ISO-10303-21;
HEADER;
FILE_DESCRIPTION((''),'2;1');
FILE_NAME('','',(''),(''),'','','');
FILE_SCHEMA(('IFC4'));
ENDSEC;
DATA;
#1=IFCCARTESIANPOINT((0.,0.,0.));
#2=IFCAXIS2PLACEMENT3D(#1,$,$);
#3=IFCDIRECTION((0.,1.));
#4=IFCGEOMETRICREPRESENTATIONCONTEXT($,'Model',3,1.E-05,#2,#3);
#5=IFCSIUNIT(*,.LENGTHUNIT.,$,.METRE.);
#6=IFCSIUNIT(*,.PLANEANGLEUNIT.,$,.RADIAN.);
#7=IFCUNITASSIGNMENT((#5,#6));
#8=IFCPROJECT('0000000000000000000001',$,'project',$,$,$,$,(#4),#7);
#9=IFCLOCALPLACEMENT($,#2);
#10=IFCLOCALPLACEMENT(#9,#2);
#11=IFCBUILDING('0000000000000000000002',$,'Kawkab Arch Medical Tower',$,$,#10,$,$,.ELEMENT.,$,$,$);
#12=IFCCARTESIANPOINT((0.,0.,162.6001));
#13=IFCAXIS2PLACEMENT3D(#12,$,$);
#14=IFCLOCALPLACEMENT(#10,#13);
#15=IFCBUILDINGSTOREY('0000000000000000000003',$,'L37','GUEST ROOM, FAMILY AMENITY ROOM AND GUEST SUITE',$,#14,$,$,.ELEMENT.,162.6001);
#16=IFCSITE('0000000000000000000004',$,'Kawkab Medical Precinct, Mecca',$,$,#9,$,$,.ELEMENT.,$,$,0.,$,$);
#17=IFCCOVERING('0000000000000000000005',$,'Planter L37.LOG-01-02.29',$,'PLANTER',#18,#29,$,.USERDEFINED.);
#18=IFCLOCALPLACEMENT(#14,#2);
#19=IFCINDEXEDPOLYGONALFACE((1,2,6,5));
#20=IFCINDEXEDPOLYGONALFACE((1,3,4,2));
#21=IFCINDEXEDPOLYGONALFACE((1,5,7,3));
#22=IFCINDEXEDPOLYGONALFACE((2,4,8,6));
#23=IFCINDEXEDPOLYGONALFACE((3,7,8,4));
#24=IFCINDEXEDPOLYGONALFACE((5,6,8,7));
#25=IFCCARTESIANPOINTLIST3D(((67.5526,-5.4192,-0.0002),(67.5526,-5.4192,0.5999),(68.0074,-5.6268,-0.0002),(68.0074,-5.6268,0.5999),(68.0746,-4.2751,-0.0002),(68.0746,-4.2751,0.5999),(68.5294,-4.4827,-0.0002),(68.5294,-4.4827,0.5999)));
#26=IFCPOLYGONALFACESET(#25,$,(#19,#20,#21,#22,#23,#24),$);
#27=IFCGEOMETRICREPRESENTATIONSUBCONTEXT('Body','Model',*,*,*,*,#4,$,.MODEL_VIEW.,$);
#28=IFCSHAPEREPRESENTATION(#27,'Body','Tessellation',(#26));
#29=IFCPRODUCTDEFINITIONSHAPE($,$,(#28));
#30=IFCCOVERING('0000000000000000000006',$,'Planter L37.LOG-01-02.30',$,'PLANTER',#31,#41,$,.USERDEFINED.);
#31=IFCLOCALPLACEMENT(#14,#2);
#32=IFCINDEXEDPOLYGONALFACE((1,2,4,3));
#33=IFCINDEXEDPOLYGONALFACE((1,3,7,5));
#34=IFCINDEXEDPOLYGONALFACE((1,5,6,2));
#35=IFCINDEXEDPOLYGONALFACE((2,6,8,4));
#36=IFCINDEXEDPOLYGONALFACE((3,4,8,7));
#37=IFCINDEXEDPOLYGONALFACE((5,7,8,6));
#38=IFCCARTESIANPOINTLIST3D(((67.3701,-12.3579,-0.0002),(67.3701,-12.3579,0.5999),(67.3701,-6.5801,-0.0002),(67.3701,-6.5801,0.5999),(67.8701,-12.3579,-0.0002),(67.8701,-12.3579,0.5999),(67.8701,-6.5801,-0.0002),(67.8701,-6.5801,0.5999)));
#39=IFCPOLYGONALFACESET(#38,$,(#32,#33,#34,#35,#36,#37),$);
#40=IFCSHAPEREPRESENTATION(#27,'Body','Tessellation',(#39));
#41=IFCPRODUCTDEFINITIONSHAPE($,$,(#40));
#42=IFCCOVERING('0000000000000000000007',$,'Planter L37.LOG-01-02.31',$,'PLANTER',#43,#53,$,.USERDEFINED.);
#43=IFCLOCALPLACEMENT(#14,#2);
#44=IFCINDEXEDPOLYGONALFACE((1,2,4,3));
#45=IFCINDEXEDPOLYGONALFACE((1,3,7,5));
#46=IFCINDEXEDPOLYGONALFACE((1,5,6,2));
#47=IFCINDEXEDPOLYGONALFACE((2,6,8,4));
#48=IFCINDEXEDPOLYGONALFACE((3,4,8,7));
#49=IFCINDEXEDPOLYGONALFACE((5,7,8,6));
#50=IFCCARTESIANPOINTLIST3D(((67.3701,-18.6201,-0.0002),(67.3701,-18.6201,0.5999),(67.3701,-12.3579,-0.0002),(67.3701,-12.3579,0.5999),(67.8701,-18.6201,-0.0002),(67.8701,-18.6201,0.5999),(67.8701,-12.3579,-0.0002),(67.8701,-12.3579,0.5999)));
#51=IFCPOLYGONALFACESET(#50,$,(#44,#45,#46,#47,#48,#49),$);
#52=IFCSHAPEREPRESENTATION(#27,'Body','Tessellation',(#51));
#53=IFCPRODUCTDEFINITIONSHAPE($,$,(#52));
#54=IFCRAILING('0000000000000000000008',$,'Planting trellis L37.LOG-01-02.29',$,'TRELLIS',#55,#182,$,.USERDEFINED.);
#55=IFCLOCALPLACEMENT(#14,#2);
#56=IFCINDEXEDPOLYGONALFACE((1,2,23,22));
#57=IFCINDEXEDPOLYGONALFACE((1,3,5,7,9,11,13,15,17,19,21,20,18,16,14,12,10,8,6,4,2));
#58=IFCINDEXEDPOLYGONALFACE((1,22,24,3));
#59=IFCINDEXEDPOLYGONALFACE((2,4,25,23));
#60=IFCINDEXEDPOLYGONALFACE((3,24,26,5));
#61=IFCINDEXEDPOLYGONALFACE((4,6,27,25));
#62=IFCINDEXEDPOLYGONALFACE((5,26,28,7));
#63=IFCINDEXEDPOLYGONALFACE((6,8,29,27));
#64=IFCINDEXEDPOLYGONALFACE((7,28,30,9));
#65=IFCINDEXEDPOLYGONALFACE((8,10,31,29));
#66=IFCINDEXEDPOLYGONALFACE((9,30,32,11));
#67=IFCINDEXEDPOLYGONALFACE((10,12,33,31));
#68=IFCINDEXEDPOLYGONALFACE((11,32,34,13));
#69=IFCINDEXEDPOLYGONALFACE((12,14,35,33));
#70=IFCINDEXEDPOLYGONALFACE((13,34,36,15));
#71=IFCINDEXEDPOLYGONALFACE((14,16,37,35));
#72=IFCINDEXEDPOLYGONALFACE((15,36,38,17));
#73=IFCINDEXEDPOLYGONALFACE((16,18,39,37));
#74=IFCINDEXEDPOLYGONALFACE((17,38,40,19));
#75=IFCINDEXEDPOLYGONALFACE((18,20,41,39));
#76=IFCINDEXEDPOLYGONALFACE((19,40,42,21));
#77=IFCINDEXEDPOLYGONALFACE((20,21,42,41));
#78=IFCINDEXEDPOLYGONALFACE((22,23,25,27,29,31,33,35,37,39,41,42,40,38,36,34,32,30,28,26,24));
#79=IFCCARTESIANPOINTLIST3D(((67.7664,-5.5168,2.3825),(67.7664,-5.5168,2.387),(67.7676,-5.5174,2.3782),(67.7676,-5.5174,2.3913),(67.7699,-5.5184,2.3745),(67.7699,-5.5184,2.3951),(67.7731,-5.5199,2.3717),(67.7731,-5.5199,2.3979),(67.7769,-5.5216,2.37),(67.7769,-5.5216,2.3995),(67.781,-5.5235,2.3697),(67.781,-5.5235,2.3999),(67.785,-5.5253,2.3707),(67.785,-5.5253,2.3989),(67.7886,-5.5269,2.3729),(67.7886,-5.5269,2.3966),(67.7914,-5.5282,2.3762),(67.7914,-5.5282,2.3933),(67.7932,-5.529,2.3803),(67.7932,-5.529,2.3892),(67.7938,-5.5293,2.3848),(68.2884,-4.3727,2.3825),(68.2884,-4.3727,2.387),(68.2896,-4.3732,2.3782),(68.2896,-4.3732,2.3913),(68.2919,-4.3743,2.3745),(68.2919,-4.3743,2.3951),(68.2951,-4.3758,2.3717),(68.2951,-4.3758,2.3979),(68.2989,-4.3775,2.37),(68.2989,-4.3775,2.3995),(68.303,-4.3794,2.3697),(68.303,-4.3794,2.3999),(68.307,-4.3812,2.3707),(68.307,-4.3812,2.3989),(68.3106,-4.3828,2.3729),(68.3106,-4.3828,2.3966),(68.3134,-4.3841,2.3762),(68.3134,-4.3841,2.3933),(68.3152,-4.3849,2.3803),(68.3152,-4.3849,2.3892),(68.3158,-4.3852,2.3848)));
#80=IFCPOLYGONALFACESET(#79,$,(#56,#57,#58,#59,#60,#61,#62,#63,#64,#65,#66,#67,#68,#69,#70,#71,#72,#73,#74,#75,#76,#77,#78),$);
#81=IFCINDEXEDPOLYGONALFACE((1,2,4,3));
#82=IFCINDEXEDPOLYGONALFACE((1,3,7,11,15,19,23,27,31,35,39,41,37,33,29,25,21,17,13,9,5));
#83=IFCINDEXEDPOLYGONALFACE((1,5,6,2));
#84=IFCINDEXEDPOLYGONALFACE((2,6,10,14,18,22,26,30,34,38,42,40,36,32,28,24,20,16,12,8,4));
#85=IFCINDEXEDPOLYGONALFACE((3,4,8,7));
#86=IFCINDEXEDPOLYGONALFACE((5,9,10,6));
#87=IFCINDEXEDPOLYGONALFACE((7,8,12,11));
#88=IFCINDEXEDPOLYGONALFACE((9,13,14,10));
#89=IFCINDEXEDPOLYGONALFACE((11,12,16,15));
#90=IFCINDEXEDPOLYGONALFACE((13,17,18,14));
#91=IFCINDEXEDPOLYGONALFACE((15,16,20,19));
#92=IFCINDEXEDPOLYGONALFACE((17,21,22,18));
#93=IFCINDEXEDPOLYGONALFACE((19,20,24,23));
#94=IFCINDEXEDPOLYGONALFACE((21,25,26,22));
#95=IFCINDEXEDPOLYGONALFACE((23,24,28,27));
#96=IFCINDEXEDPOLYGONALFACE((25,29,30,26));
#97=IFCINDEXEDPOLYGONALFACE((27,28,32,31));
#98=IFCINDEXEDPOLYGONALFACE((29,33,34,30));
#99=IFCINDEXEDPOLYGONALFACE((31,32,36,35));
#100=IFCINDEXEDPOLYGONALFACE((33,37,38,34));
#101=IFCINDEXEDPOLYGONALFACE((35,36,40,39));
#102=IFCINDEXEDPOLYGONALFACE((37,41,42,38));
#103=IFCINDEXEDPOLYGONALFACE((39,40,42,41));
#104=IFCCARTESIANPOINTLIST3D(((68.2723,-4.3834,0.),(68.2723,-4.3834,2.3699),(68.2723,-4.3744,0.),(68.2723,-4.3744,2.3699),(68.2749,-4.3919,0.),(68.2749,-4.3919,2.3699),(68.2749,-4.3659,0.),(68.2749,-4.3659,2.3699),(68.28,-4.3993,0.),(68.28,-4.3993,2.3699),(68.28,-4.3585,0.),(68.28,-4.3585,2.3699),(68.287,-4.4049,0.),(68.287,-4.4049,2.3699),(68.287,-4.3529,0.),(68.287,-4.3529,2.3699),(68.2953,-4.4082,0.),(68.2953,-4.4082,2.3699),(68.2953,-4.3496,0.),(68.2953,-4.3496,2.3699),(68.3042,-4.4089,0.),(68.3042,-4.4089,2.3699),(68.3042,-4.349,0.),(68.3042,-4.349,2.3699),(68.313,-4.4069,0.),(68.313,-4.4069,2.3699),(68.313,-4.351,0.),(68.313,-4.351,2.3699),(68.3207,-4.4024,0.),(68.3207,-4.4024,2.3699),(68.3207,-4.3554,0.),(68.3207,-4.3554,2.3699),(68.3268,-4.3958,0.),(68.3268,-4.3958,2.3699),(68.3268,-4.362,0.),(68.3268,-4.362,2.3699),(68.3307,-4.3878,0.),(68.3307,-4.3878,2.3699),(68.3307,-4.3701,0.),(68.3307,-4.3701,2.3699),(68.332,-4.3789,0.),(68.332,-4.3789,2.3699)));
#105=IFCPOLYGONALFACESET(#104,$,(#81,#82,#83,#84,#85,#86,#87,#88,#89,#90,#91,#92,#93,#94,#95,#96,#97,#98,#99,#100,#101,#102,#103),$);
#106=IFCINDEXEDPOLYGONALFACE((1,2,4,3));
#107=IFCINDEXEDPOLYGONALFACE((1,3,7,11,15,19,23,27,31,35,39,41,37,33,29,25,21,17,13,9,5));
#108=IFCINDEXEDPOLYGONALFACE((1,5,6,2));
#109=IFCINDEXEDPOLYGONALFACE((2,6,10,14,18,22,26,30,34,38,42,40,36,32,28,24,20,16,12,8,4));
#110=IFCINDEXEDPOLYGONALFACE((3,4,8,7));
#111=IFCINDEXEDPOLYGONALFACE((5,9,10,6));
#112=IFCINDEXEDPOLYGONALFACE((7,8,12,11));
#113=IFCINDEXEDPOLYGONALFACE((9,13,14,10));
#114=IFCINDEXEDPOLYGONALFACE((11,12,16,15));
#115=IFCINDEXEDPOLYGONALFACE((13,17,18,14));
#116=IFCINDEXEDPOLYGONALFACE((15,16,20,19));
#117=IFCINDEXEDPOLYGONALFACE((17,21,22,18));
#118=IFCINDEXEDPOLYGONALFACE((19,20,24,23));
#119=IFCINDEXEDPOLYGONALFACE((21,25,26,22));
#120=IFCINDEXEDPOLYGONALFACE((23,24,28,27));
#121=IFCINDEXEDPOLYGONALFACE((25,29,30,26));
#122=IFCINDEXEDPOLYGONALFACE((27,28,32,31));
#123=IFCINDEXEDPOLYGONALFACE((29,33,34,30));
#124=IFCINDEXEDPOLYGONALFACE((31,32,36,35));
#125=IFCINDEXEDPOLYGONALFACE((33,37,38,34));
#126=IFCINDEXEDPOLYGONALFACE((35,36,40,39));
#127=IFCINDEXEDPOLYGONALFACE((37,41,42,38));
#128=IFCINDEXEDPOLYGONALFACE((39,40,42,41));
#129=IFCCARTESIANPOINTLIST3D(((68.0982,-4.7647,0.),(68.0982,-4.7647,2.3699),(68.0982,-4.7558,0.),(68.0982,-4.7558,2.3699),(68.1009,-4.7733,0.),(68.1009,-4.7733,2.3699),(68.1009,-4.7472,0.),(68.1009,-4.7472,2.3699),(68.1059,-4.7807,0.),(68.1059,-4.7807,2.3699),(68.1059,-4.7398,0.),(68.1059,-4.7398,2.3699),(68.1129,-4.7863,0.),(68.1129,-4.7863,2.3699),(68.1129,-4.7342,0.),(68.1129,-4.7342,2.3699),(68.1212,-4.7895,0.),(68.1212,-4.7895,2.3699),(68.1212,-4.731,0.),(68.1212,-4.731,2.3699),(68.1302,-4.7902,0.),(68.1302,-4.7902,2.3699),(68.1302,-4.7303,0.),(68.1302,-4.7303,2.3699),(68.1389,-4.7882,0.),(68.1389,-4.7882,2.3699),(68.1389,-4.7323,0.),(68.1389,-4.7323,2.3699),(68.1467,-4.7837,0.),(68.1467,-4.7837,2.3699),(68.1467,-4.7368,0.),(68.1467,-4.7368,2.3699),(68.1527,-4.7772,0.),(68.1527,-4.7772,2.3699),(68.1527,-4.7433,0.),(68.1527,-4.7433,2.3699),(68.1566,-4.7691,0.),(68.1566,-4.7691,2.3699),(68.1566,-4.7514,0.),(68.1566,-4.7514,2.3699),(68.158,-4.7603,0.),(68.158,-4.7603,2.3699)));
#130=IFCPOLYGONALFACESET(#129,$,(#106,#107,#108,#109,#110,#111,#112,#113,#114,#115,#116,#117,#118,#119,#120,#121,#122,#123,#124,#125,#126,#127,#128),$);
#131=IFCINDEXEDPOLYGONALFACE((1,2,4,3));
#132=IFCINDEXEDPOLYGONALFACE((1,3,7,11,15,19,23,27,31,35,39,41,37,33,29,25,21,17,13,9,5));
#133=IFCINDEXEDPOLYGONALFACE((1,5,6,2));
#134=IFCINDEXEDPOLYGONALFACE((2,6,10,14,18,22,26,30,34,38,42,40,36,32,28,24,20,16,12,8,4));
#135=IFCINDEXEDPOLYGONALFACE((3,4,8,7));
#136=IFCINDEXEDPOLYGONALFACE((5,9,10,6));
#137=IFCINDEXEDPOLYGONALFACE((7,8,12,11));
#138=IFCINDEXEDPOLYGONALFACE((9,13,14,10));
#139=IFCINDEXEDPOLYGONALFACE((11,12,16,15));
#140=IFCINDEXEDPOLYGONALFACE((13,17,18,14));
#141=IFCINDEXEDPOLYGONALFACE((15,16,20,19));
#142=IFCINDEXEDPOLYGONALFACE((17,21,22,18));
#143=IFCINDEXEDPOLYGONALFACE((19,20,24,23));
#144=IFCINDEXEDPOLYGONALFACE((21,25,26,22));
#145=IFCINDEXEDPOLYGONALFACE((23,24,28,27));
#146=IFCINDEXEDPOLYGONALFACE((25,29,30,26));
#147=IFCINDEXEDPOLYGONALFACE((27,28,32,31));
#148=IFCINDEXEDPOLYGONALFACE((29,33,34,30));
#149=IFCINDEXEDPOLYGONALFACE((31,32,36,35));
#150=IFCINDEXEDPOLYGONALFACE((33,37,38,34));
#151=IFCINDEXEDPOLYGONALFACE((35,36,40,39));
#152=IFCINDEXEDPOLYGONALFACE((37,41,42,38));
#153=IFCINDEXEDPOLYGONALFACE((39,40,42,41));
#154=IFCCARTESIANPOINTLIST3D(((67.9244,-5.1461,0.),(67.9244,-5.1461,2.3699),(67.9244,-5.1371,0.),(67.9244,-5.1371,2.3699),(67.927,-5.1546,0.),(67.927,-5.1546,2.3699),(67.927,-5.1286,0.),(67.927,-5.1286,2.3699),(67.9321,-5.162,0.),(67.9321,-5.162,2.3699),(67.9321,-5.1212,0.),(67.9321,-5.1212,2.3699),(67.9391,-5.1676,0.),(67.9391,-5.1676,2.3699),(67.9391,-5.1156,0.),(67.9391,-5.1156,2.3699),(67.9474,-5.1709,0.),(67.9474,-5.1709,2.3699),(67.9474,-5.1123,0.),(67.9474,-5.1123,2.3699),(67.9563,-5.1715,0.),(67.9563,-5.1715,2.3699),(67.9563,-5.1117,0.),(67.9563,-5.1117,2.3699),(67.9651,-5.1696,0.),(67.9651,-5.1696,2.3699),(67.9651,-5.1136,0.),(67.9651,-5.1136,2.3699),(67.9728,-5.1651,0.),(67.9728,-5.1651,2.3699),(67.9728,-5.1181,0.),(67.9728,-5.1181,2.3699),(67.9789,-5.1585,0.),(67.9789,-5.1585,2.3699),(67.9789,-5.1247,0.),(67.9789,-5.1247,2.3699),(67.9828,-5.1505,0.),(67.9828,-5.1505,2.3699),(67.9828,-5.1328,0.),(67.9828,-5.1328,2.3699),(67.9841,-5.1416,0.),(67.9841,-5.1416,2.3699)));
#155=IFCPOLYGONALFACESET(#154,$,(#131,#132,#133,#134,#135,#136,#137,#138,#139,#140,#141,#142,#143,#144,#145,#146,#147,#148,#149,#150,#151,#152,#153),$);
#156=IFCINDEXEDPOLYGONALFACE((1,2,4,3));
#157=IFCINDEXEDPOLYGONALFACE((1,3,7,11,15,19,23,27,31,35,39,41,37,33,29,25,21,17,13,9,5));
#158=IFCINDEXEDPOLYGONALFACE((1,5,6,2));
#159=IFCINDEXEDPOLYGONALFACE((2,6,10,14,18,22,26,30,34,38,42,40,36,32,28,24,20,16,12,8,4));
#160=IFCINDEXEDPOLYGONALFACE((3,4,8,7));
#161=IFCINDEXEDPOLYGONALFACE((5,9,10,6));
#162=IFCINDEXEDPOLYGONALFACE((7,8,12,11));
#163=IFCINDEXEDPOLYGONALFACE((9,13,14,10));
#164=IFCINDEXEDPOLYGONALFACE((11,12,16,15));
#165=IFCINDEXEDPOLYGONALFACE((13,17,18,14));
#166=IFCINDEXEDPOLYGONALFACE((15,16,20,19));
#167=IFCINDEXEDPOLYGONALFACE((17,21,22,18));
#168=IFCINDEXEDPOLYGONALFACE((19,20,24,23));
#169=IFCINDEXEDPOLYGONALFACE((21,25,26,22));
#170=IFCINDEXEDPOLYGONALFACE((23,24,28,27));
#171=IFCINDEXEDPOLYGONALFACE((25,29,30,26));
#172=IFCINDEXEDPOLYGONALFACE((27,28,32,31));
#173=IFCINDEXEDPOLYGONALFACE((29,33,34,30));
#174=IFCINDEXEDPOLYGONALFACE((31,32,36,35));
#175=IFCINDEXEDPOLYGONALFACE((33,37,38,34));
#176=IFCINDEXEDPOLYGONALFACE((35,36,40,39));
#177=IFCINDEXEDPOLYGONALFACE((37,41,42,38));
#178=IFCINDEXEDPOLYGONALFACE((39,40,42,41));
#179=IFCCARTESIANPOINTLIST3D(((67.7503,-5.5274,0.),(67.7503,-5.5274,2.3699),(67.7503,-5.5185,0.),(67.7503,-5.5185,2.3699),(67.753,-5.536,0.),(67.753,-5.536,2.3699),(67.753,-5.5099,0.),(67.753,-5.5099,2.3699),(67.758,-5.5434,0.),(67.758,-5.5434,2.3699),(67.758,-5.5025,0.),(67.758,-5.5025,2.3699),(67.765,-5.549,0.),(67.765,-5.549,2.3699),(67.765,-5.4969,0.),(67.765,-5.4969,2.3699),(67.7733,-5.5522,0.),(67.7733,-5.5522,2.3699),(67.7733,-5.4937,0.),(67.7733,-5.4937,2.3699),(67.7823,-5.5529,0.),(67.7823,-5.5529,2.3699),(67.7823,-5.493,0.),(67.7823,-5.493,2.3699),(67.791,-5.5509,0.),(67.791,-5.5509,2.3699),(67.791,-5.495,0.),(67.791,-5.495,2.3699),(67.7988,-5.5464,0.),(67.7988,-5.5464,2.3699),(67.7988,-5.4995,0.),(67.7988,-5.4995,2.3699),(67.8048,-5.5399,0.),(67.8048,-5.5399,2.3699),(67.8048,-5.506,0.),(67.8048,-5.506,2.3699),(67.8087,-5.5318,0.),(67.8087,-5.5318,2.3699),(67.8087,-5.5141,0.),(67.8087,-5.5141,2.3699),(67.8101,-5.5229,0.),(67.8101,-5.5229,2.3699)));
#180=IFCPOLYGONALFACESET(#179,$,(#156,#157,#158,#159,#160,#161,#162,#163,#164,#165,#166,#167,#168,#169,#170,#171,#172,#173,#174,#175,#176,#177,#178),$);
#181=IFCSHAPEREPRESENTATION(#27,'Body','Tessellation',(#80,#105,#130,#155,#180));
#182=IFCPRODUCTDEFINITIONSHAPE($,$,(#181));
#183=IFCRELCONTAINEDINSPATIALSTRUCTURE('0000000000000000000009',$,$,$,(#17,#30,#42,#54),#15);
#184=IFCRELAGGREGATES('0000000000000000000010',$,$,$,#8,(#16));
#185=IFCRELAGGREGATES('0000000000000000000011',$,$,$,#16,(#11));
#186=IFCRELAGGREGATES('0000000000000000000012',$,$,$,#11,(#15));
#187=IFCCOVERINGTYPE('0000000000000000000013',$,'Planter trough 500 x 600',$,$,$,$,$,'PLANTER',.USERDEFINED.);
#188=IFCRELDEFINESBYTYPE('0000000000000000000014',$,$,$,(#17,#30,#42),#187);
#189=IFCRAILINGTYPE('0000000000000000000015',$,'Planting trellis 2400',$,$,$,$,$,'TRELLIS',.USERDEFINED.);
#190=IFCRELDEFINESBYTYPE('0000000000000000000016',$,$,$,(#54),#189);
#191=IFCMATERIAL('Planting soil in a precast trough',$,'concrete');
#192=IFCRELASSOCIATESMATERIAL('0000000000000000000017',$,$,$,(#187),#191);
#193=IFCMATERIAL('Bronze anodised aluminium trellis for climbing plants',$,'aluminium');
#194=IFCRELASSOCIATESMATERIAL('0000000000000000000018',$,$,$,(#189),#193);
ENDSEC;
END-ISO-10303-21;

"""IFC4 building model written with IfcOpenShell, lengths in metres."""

from ifc_helpers import new_model, si_unit, direction, frame, origin, origin_2d, place, context, subcontext, project, spatial, rectangle, circle, extrude, material, material_profile, profile_set, type_object, element, save


model = new_model("IFC4")

# Units and contexts
model_context = context("Model", 3, precision=1e-05, world=origin(), true_north=direction((0.0, 1.0)))
body_context = subcontext(model_context, "Body", "Model", "MODEL_VIEW")
ifc_project = project(units=[si_unit("LENGTHUNIT", "METRE"), si_unit("PLANEANGLEUNIT", "RADIAN")], contexts=[model_context])

# Site, building, storey
site_placement = place(None, origin())
site = spatial("IfcSite", under=ifc_project, at=site_placement, Name="Kawkab Medical Precinct, Mecca", CompositionType="ELEMENT", RefElevation=0.0)
building_placement = place(site_placement, origin())
building = spatial("IfcBuilding", under=site, at=building_placement, Name="Kawkab Arch Medical Tower", CompositionType="ELEMENT")
storey_placement = place(building_placement, frame((0.0, 0.0, 162.6001)))
storey = spatial("IfcBuildingStorey", under=building, at=storey_placement, Name="L37", Description="GUEST ROOM, FAMILY AMENITY ROOM AND GUEST SUITE", CompositionType="ELEMENT", Elevation=162.6001)

# Coverings
ifc_material_1 = material(Name="Planting soil in a precast trough", Category="concrete")
ifc_material_profile_1 = material_profile(ifc_material_1, rectangle(XDim=0.5, YDim=0.6001, at=origin_2d()), Name="Trough 500x600")
ifc_profile_set_1 = profile_set([ifc_material_profile_1], Name="Planting soil in a precast trough")
covering_type_1 = type_object("IfcCoveringType", Name="Planter trough 500 x 600", ElementType="PLANTER", PredefinedType="USERDEFINED", material=ifc_profile_set_1)
covering_1_placement = place(storey_placement, frame((68.302, -4.3789, 0.2998), z_axis=(-0.41509, -0.90978, 0.0), x_axis=(0.90978, -0.41509, 0.0)))
element("IfcCovering", 1, at=covering_1_placement, inside=storey, type_object=covering_type_1, Name="Planter L37.LOG-01-02.29", ObjectType="PLANTER", PredefinedType="USERDEFINED", context=body_context, shape_type="SweptSolid", body=[
    extrude(rectangle(XDim=0.5, YDim=0.6001, at=origin_2d()), origin(), (0.0, 0.0, 1.0), 1.2576),
])
covering_2_placement = place(storey_placement, frame((67.6201, -6.5801, 0.2998), z_axis=(0.0, -1.0, 0.0), x_axis=(1.0, 0.0, 0.0)))
element("IfcCovering", 2, at=covering_2_placement, inside=storey, type_object=covering_type_1, Name="Planter L37.LOG-01-02.30", ObjectType="PLANTER", PredefinedType="USERDEFINED", context=body_context, shape_type="SweptSolid", body=[
    extrude(rectangle(XDim=0.5, YDim=0.6001, at=origin_2d()), origin(), (0.0, 0.0, 1.0), 5.7778),
])
covering_3_placement = place(storey_placement, frame((67.6201, -12.3579, 0.2998), z_axis=(0.0, -1.0, 0.0), x_axis=(1.0, 0.0, 0.0)))
element("IfcCovering", 3, at=covering_3_placement, inside=storey, type_object=covering_type_1, Name="Planter L37.LOG-01-02.31", ObjectType="PLANTER", PredefinedType="USERDEFINED", context=body_context, shape_type="SweptSolid", body=[
    extrude(rectangle(XDim=0.5, YDim=0.6001, at=origin_2d()), origin(), (0.0, 0.0, 1.0), 6.2622),
])

# Railing
ifc_material_2 = material(Name="Bronze anodised aluminium trellis for climbing plants", Category="aluminium")
railing_type = type_object("IfcRailingType", Name="Planting trellis 2400", ElementType="TRELLIS", PredefinedType="USERDEFINED", material=ifc_material_2)
railing_1_placement = place(storey_placement, frame((68.302, -4.3789, 0.0)))
element("IfcRailing", 4, at=railing_1_placement, inside=storey, type_object=railing_type, Name="Planting trellis L37.LOG-01-02.29", ObjectType="TRELLIS", PredefinedType="USERDEFINED", context=body_context, shape_type="SweptSolid", body=[
    extrude(circle(Radius=0.0151, at=origin_2d()), frame((0.0, 0.0, 2.3848), z_axis=(-0.41509, -0.90978, 0.0), x_axis=(0.90978, -0.41509, 0.0)), (0.0, 0.0, 1.0), 1.2576),
    extrude(circle(Radius=0.03, at=origin_2d()), origin(), (0.0, 0.0, 1.0), 2.3699),
    extrude(circle(Radius=0.03, at=origin_2d()), frame((-0.1741, -0.3813, 0.0)), (0.0, 0.0, 1.0), 2.3699),
    extrude(circle(Radius=0.03, at=origin_2d()), frame((-0.3479, -0.7627, 0.0)), (0.0, 0.0, 1.0), 2.3699),
    extrude(circle(Radius=0.03, at=origin_2d()), frame((-0.522, -1.144, 0.0)), (0.0, 0.0, 1.0), 2.3699),
])

save(model, "model.ifc")
